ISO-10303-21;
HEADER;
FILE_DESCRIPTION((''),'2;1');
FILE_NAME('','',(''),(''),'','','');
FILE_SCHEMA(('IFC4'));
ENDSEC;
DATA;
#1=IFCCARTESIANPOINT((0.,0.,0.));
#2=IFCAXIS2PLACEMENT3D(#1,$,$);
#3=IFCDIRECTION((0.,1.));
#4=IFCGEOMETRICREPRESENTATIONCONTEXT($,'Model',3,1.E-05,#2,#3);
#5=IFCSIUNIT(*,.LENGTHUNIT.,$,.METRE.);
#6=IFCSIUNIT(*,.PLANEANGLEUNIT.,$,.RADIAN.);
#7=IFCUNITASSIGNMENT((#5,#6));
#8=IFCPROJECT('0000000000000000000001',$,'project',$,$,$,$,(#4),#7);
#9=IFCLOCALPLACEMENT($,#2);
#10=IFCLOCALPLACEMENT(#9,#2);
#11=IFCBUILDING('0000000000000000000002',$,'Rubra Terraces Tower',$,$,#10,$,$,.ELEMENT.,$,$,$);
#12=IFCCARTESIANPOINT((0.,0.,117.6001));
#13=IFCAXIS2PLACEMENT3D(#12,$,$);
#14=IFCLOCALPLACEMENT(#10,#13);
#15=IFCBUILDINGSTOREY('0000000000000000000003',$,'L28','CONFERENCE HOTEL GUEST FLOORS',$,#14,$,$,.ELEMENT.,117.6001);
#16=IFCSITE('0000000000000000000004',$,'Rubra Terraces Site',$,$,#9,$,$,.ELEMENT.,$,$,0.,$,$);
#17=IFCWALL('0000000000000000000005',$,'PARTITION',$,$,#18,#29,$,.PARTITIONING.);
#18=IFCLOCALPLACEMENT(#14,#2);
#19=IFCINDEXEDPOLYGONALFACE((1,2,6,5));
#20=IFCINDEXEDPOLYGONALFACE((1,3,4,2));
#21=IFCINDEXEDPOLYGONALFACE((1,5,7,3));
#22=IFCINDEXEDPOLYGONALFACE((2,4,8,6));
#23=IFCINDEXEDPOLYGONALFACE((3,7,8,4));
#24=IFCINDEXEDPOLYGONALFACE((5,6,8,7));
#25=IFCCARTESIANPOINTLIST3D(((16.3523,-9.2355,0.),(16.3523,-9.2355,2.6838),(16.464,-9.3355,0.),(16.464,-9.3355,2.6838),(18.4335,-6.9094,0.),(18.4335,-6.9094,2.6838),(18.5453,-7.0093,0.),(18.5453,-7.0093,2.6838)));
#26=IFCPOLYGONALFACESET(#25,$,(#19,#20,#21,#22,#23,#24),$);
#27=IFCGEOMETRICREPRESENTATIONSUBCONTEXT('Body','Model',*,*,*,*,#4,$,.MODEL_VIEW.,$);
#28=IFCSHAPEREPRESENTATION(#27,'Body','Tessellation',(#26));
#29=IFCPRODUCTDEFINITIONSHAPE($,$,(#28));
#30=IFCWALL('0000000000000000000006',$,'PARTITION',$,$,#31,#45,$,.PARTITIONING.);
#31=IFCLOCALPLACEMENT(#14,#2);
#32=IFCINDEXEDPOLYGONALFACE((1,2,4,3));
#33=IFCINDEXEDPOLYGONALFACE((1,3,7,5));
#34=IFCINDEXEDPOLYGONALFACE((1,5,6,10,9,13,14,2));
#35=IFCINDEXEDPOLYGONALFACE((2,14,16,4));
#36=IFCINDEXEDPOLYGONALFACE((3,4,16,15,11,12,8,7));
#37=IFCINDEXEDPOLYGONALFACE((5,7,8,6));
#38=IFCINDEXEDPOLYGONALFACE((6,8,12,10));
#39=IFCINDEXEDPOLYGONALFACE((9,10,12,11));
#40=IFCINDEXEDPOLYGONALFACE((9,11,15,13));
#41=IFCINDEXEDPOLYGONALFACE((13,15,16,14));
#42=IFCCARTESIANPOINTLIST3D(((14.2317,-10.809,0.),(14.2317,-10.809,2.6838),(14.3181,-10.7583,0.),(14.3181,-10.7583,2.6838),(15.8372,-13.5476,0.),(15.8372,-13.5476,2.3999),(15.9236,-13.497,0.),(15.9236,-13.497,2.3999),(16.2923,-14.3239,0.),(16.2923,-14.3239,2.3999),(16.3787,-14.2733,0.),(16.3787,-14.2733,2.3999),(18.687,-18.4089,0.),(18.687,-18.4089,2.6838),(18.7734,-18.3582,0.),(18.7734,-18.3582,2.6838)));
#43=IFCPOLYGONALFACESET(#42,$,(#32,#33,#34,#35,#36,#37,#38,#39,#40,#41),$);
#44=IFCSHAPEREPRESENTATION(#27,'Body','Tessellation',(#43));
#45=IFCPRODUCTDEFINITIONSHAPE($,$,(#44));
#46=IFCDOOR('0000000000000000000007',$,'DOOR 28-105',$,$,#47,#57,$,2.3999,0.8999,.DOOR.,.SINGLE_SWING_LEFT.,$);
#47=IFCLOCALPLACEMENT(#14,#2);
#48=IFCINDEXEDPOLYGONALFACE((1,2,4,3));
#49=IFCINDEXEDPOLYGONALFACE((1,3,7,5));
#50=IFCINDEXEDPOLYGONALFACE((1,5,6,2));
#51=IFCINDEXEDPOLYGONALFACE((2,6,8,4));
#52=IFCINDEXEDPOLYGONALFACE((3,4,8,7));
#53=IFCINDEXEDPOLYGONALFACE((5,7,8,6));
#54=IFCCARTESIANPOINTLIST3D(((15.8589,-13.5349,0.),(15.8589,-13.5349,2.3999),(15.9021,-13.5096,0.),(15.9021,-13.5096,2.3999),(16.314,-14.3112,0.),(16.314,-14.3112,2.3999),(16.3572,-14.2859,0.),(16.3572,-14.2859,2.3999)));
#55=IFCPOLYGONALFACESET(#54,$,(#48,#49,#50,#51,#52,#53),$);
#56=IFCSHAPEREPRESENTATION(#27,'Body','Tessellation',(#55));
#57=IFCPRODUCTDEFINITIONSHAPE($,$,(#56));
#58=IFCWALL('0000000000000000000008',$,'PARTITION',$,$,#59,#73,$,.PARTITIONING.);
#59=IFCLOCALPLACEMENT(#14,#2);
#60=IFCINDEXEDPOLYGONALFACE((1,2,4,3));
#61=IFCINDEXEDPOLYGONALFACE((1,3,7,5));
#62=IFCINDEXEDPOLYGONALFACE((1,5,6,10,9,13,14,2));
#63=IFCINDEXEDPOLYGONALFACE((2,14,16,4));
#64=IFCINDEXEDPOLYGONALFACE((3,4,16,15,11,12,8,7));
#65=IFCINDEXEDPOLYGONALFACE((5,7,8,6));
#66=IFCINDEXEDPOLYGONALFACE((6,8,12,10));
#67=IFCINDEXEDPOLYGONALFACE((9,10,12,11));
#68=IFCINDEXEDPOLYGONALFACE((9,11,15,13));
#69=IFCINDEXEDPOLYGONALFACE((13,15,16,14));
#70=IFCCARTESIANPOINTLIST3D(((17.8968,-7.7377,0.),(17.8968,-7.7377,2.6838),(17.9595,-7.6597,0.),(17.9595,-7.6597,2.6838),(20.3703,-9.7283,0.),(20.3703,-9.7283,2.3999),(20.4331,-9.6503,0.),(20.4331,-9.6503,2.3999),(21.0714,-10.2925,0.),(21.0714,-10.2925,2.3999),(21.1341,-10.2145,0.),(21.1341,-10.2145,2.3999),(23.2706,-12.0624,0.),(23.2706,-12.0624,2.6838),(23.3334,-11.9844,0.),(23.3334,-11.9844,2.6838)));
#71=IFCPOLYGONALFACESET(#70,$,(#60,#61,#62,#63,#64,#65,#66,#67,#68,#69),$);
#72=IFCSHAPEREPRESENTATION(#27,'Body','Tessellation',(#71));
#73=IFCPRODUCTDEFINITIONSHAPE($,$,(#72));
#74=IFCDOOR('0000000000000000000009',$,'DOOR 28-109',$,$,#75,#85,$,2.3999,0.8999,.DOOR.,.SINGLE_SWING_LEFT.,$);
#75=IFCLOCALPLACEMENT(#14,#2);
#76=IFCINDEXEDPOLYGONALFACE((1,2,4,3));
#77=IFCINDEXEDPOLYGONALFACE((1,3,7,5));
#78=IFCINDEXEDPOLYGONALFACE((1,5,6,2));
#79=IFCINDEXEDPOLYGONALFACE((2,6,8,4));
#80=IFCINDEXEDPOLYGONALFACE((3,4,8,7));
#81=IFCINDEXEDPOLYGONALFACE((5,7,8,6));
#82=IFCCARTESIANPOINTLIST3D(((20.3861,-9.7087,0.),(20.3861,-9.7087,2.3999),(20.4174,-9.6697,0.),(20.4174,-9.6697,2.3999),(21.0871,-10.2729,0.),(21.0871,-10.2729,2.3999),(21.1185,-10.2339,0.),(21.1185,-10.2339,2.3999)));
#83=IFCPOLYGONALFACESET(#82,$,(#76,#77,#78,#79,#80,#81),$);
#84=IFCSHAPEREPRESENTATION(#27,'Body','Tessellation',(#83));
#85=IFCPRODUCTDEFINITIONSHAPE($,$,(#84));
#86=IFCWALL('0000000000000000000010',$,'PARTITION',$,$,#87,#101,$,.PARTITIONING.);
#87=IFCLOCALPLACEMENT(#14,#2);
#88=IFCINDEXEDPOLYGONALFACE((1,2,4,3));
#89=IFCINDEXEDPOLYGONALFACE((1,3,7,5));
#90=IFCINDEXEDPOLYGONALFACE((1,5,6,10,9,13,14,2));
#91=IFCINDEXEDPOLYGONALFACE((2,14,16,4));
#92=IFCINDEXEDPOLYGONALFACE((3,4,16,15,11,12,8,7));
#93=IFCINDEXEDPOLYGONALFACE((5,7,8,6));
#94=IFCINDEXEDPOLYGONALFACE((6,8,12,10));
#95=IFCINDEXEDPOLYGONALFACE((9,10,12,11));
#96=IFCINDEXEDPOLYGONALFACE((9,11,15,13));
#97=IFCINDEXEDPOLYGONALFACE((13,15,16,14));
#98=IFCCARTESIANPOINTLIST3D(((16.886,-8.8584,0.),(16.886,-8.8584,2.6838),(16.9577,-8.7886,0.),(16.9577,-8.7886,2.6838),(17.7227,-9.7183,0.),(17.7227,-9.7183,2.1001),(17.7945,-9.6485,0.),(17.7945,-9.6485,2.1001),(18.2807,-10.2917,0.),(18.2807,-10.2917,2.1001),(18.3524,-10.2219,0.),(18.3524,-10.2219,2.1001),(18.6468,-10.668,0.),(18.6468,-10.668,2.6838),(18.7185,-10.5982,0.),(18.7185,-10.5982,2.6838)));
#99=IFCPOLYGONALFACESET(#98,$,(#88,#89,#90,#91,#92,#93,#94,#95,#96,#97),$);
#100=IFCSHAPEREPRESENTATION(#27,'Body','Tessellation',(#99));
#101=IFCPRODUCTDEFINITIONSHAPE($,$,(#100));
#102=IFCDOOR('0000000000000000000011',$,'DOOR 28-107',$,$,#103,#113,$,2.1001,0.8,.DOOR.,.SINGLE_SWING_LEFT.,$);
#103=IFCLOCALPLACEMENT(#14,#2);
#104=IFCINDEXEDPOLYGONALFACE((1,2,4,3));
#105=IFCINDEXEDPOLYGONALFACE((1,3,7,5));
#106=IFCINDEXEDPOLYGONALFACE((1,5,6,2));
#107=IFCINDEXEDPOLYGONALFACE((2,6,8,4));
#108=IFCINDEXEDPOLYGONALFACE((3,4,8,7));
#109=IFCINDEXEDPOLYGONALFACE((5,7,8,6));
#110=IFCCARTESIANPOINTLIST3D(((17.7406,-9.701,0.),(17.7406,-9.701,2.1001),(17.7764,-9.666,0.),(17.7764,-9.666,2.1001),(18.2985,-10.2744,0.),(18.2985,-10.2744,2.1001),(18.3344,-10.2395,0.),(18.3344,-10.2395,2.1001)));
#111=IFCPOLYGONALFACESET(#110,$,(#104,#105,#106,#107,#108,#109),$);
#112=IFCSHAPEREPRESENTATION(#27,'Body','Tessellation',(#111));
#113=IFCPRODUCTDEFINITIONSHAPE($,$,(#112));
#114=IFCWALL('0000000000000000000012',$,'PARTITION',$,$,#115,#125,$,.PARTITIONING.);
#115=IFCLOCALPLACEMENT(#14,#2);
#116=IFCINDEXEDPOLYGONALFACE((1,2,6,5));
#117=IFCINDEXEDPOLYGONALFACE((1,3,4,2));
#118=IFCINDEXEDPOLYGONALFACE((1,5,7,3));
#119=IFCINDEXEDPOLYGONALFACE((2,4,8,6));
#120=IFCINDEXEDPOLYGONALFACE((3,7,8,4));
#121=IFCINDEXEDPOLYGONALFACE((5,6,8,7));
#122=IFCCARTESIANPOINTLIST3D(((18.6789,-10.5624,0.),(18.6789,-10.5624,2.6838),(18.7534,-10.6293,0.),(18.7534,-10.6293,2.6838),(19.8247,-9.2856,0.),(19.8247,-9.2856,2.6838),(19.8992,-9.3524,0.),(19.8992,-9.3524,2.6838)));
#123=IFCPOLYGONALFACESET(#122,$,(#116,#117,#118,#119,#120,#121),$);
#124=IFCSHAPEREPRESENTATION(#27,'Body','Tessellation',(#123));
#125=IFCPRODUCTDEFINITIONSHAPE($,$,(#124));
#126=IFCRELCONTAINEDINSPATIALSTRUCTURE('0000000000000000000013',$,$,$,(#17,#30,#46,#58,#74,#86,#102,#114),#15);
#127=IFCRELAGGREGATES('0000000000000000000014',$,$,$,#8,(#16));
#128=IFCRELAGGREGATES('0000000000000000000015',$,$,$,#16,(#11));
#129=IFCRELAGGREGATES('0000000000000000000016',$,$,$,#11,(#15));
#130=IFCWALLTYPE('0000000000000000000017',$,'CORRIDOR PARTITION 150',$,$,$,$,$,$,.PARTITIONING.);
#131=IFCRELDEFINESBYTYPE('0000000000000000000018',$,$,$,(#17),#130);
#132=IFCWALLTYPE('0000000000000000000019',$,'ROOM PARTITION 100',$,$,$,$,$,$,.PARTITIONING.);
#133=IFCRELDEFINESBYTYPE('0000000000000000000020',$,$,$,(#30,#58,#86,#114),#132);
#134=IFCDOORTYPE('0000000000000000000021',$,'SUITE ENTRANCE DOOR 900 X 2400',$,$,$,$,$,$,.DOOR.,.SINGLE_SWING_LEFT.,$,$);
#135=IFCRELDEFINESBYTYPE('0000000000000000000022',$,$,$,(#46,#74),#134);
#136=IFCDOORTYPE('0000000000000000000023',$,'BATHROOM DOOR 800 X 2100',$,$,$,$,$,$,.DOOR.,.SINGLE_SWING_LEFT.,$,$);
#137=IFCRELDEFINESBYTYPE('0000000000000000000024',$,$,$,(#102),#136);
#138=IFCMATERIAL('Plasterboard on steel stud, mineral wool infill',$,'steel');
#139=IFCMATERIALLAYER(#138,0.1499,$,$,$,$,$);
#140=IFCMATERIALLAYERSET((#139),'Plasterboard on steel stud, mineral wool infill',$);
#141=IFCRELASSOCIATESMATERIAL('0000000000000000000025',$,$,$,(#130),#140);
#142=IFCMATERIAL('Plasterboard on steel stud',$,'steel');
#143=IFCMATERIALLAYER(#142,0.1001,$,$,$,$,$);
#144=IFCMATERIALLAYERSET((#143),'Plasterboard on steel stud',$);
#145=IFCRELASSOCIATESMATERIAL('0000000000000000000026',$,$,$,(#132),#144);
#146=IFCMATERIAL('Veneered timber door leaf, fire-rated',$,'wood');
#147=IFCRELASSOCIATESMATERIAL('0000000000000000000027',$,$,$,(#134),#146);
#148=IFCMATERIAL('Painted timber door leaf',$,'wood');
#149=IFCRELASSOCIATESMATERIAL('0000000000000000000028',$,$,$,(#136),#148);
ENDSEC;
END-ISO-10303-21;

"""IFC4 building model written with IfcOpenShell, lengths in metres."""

from ifc_helpers import new_model, si_unit, direction, frame, frame_2d, origin, place, context, subcontext, project, spatial, rectangle, extrude, material, layer, layer_set, type_object, element, fill, save


model = new_model("IFC4")

# Units and contexts
model_context = context("Model", 3, precision=1e-05, world=origin(), true_north=direction((0.0, 1.0)))
body_context = subcontext(model_context, "Body", "Model", "MODEL_VIEW")
ifc_project = project(units=[si_unit("LENGTHUNIT", "METRE"), si_unit("PLANEANGLEUNIT", "RADIAN")], contexts=[model_context])

# Site, building, storey
site_placement = place(None, origin())
site = spatial("IfcSite", under=ifc_project, at=site_placement, Name="Rubra Terraces Site", CompositionType="ELEMENT", RefElevation=0.0)
building_placement = place(site_placement, origin())
building = spatial("IfcBuilding", under=site, at=building_placement, Name="Rubra Terraces Tower", CompositionType="ELEMENT")
storey_placement = place(building_placement, frame((0.0, 0.0, 117.6001)))
storey = spatial("IfcBuildingStorey", under=building, at=storey_placement, Name="L28", Description="CONFERENCE HOTEL GUEST FLOORS", CompositionType="ELEMENT", Elevation=117.6001)

# Wall
ifc_material_1 = material(Name="Plasterboard on steel stud, mineral wool infill", Category="steel")
ifc_layer_1 = layer(ifc_material_1, 0.1499)
ifc_layer_set_1 = layer_set([ifc_layer_1], Name="Plasterboard on steel stud, mineral wool infill")
wall_type_1 = type_object("IfcWallType", Name="CORRIDOR PARTITION 150", PredefinedType="PARTITIONING", material=ifc_layer_set_1)
wall_1_placement = place(storey_placement, frame((16.4082, -9.2854, 0.0), z_axis=(0.0, 0.0, 1.0), x_axis=(0.666793, 0.745243, 0.0)))
element("IfcWall", 1, at=wall_1_placement, inside=storey, type_object=wall_type_1, Name="PARTITION", PredefinedType="PARTITIONING", context=body_context, shape_type="SweptSolid", body=[
    extrude(rectangle(XDim=3.1213, YDim=0.1499, at=frame_2d((1.5605, 0.0))), origin(), (0.0, 0.0, 1.0), 2.6838),
])

# Walls, openings, doors
ifc_material_2 = material(Name="Plasterboard on steel stud", Category="steel")
ifc_layer_2 = layer(ifc_material_2, 0.1001)
ifc_layer_set_2 = layer_set([ifc_layer_2], Name="Plasterboard on steel stud")
wall_type_2 = type_object("IfcWallType", Name="ROOM PARTITION 100", PredefinedType="PARTITIONING", material=ifc_layer_set_2)
wall_2_placement = place(storey_placement, frame((18.7302, -18.3835, 0.0), z_axis=(0.0, 0.0, 1.0), x_axis=(-0.505739, 0.862686, 0.0)))
wall_2 = element("IfcWall", 2, at=wall_2_placement, inside=storey, type_object=wall_type_2, Name="PARTITION", PredefinedType="PARTITIONING", context=body_context, shape_type="SweptSolid", body=[
    extrude(rectangle(XDim=8.8096, YDim=0.1001, at=frame_2d((4.4048, 0.0))), origin(), (0.0, 0.0, 1.0), 2.6838),
])
opening_1_placement = place(wall_2_placement, frame((4.7351, 0.0, 0.0)))
opening_1 = element("IfcOpeningElement", 3, at=opening_1_placement, cuts=wall_2, PredefinedType="OPENING", context=body_context, shape_type="SweptSolid", body=[
    extrude(rectangle(XDim=0.8999, YDim=2.3999, at=frame_2d((0.45, 1.2))), frame((0.0, 0.0601, 0.0), z_axis=(0.0, -1.0, 0.0), x_axis=(1.0, 0.0, 0.0)), (0.0, 0.0, 1.0), 0.1201),
])
ifc_material_3 = material(Name="Veneered timber door leaf, fire-rated", Category="wood")
door_type_1 = type_object("IfcDoorType", Name="SUITE ENTRANCE DOOR 900 X 2400", OperationType="SINGLE_SWING_LEFT", PredefinedType="DOOR", material=ifc_material_3)
door_1_placement = place(opening_1_placement, origin())
door_1 = element("IfcDoor", 4, at=door_1_placement, inside=storey, type_object=door_type_1, Name="DOOR 28-105", OperationType="SINGLE_SWING_LEFT", OverallHeight=2.3999, OverallWidth=0.8999, PredefinedType="DOOR", context=body_context, shape_type="SweptSolid", body=[
    extrude(rectangle(XDim=0.8999, YDim=2.3999, at=frame_2d((0.45, 1.2))), frame((0.0, 0.0249, 0.0), z_axis=(0.0, -1.0, 0.0), x_axis=(1.0, 0.0, 0.0)), (0.0, 0.0, 1.0), 0.05),
])
fill(opening_1, door_1)
wall_3_placement = place(storey_placement, frame((23.302, -12.0234, 0.0), z_axis=(0.0, 0.0, 1.0), x_axis=(-0.779049, 0.626963, 0.0)))
wall_3 = element("IfcWall", 5, at=wall_3_placement, inside=storey, type_object=wall_type_2, Name="PARTITION", PredefinedType="PARTITIONING", context=body_context, shape_type="SweptSolid", body=[
    extrude(rectangle(XDim=6.8979, YDim=0.1001, at=frame_2d((3.449, 0.0))), origin(), (0.0, 0.0, 1.0), 2.6838),
])
opening_2_placement = place(wall_3_placement, frame((2.823, 0.0, 0.0)))
opening_2 = element("IfcOpeningElement", 6, at=opening_2_placement, cuts=wall_3, PredefinedType="OPENING", context=body_context, shape_type="SweptSolid", body=[
    extrude(rectangle(XDim=0.8999, YDim=2.3999, at=frame_2d((0.45, 1.2))), frame((0.0, 0.0601, 0.0), z_axis=(0.0, -1.0, 0.0), x_axis=(1.0, 0.0, 0.0)), (0.0, 0.0, 1.0), 0.1201),
])
door_2_placement = place(opening_2_placement, origin())
door_2 = element("IfcDoor", 7, at=door_2_placement, inside=storey, type_object=door_type_1, Name="DOOR 28-109", OperationType="SINGLE_SWING_LEFT", OverallHeight=2.3999, OverallWidth=0.8999, PredefinedType="DOOR", context=body_context, shape_type="SweptSolid", body=[
    extrude(rectangle(XDim=0.8999, YDim=2.3999, at=frame_2d((0.45, 1.2))), frame((0.0, 0.0249, 0.0), z_axis=(0.0, -1.0, 0.0), x_axis=(1.0, 0.0, 0.0)), (0.0, 0.0, 1.0), 0.05),
])
fill(opening_2, door_2)
wall_4_placement = place(storey_placement, frame((16.9219, -8.8235, 0.0), z_axis=(0.0, 0.0, 1.0), x_axis=(0.697371, -0.71671, 0.0)))
wall_4 = element("IfcWall", 8, at=wall_4_placement, inside=storey, type_object=wall_type_2, Name="PARTITION", PredefinedType="PARTITIONING", context=body_context, shape_type="SweptSolid", body=[
    extrude(rectangle(XDim=2.5249, YDim=0.1001, at=frame_2d((1.2625, 0.0))), origin(), (0.0, 0.0, 1.0), 2.6838),
])
opening_3_placement = place(wall_4_placement, frame((1.2, 0.0, 0.0)))
opening_3 = element("IfcOpeningElement", 9, at=opening_3_placement, cuts=wall_4, PredefinedType="OPENING", context=body_context, shape_type="SweptSolid", body=[
    extrude(rectangle(XDim=0.8, YDim=2.1001, at=frame_2d((0.3999, 1.05))), frame((0.0, 0.0601, 0.0), z_axis=(0.0, -1.0, 0.0), x_axis=(1.0, 0.0, 0.0)), (0.0, 0.0, 1.0), 0.1201),
])
ifc_material_4 = material(Name="Painted timber door leaf", Category="wood")
door_type_2 = type_object("IfcDoorType", Name="BATHROOM DOOR 800 X 2100", OperationType="SINGLE_SWING_LEFT", PredefinedType="DOOR", material=ifc_material_4)
door_3_placement = place(opening_3_placement, origin())
door_3 = element("IfcDoor", 10, at=door_3_placement, inside=storey, type_object=door_type_2, Name="DOOR 28-107", OperationType="SINGLE_SWING_LEFT", OverallHeight=2.1001, OverallWidth=0.8, PredefinedType="DOOR", context=body_context, shape_type="SweptSolid", body=[
    extrude(rectangle(XDim=0.8, YDim=2.1001, at=frame_2d((0.3999, 1.05))), frame((0.0, 0.0249, 0.0), z_axis=(0.0, -1.0, 0.0), x_axis=(1.0, 0.0, 0.0)), (0.0, 0.0, 1.0), 0.05),
])
fill(opening_3, door_3)

# Wall
wall_5_placement = place(storey_placement, frame((18.7161, -10.5959, 0.0), z_axis=(0.0, 0.0, 1.0), x_axis=(0.667863, 0.744284, 0.0)))
element("IfcWall", 11, at=wall_5_placement, inside=storey, type_object=wall_type_2, Name="PARTITION", PredefinedType="PARTITIONING", context=body_context, shape_type="SweptSolid", body=[
    extrude(rectangle(XDim=1.7156, YDim=0.1001, at=frame_2d((0.8579, 0.0))), origin(), (0.0, 0.0, 1.0), 2.6838),
])

save(model, "model.ifc")
